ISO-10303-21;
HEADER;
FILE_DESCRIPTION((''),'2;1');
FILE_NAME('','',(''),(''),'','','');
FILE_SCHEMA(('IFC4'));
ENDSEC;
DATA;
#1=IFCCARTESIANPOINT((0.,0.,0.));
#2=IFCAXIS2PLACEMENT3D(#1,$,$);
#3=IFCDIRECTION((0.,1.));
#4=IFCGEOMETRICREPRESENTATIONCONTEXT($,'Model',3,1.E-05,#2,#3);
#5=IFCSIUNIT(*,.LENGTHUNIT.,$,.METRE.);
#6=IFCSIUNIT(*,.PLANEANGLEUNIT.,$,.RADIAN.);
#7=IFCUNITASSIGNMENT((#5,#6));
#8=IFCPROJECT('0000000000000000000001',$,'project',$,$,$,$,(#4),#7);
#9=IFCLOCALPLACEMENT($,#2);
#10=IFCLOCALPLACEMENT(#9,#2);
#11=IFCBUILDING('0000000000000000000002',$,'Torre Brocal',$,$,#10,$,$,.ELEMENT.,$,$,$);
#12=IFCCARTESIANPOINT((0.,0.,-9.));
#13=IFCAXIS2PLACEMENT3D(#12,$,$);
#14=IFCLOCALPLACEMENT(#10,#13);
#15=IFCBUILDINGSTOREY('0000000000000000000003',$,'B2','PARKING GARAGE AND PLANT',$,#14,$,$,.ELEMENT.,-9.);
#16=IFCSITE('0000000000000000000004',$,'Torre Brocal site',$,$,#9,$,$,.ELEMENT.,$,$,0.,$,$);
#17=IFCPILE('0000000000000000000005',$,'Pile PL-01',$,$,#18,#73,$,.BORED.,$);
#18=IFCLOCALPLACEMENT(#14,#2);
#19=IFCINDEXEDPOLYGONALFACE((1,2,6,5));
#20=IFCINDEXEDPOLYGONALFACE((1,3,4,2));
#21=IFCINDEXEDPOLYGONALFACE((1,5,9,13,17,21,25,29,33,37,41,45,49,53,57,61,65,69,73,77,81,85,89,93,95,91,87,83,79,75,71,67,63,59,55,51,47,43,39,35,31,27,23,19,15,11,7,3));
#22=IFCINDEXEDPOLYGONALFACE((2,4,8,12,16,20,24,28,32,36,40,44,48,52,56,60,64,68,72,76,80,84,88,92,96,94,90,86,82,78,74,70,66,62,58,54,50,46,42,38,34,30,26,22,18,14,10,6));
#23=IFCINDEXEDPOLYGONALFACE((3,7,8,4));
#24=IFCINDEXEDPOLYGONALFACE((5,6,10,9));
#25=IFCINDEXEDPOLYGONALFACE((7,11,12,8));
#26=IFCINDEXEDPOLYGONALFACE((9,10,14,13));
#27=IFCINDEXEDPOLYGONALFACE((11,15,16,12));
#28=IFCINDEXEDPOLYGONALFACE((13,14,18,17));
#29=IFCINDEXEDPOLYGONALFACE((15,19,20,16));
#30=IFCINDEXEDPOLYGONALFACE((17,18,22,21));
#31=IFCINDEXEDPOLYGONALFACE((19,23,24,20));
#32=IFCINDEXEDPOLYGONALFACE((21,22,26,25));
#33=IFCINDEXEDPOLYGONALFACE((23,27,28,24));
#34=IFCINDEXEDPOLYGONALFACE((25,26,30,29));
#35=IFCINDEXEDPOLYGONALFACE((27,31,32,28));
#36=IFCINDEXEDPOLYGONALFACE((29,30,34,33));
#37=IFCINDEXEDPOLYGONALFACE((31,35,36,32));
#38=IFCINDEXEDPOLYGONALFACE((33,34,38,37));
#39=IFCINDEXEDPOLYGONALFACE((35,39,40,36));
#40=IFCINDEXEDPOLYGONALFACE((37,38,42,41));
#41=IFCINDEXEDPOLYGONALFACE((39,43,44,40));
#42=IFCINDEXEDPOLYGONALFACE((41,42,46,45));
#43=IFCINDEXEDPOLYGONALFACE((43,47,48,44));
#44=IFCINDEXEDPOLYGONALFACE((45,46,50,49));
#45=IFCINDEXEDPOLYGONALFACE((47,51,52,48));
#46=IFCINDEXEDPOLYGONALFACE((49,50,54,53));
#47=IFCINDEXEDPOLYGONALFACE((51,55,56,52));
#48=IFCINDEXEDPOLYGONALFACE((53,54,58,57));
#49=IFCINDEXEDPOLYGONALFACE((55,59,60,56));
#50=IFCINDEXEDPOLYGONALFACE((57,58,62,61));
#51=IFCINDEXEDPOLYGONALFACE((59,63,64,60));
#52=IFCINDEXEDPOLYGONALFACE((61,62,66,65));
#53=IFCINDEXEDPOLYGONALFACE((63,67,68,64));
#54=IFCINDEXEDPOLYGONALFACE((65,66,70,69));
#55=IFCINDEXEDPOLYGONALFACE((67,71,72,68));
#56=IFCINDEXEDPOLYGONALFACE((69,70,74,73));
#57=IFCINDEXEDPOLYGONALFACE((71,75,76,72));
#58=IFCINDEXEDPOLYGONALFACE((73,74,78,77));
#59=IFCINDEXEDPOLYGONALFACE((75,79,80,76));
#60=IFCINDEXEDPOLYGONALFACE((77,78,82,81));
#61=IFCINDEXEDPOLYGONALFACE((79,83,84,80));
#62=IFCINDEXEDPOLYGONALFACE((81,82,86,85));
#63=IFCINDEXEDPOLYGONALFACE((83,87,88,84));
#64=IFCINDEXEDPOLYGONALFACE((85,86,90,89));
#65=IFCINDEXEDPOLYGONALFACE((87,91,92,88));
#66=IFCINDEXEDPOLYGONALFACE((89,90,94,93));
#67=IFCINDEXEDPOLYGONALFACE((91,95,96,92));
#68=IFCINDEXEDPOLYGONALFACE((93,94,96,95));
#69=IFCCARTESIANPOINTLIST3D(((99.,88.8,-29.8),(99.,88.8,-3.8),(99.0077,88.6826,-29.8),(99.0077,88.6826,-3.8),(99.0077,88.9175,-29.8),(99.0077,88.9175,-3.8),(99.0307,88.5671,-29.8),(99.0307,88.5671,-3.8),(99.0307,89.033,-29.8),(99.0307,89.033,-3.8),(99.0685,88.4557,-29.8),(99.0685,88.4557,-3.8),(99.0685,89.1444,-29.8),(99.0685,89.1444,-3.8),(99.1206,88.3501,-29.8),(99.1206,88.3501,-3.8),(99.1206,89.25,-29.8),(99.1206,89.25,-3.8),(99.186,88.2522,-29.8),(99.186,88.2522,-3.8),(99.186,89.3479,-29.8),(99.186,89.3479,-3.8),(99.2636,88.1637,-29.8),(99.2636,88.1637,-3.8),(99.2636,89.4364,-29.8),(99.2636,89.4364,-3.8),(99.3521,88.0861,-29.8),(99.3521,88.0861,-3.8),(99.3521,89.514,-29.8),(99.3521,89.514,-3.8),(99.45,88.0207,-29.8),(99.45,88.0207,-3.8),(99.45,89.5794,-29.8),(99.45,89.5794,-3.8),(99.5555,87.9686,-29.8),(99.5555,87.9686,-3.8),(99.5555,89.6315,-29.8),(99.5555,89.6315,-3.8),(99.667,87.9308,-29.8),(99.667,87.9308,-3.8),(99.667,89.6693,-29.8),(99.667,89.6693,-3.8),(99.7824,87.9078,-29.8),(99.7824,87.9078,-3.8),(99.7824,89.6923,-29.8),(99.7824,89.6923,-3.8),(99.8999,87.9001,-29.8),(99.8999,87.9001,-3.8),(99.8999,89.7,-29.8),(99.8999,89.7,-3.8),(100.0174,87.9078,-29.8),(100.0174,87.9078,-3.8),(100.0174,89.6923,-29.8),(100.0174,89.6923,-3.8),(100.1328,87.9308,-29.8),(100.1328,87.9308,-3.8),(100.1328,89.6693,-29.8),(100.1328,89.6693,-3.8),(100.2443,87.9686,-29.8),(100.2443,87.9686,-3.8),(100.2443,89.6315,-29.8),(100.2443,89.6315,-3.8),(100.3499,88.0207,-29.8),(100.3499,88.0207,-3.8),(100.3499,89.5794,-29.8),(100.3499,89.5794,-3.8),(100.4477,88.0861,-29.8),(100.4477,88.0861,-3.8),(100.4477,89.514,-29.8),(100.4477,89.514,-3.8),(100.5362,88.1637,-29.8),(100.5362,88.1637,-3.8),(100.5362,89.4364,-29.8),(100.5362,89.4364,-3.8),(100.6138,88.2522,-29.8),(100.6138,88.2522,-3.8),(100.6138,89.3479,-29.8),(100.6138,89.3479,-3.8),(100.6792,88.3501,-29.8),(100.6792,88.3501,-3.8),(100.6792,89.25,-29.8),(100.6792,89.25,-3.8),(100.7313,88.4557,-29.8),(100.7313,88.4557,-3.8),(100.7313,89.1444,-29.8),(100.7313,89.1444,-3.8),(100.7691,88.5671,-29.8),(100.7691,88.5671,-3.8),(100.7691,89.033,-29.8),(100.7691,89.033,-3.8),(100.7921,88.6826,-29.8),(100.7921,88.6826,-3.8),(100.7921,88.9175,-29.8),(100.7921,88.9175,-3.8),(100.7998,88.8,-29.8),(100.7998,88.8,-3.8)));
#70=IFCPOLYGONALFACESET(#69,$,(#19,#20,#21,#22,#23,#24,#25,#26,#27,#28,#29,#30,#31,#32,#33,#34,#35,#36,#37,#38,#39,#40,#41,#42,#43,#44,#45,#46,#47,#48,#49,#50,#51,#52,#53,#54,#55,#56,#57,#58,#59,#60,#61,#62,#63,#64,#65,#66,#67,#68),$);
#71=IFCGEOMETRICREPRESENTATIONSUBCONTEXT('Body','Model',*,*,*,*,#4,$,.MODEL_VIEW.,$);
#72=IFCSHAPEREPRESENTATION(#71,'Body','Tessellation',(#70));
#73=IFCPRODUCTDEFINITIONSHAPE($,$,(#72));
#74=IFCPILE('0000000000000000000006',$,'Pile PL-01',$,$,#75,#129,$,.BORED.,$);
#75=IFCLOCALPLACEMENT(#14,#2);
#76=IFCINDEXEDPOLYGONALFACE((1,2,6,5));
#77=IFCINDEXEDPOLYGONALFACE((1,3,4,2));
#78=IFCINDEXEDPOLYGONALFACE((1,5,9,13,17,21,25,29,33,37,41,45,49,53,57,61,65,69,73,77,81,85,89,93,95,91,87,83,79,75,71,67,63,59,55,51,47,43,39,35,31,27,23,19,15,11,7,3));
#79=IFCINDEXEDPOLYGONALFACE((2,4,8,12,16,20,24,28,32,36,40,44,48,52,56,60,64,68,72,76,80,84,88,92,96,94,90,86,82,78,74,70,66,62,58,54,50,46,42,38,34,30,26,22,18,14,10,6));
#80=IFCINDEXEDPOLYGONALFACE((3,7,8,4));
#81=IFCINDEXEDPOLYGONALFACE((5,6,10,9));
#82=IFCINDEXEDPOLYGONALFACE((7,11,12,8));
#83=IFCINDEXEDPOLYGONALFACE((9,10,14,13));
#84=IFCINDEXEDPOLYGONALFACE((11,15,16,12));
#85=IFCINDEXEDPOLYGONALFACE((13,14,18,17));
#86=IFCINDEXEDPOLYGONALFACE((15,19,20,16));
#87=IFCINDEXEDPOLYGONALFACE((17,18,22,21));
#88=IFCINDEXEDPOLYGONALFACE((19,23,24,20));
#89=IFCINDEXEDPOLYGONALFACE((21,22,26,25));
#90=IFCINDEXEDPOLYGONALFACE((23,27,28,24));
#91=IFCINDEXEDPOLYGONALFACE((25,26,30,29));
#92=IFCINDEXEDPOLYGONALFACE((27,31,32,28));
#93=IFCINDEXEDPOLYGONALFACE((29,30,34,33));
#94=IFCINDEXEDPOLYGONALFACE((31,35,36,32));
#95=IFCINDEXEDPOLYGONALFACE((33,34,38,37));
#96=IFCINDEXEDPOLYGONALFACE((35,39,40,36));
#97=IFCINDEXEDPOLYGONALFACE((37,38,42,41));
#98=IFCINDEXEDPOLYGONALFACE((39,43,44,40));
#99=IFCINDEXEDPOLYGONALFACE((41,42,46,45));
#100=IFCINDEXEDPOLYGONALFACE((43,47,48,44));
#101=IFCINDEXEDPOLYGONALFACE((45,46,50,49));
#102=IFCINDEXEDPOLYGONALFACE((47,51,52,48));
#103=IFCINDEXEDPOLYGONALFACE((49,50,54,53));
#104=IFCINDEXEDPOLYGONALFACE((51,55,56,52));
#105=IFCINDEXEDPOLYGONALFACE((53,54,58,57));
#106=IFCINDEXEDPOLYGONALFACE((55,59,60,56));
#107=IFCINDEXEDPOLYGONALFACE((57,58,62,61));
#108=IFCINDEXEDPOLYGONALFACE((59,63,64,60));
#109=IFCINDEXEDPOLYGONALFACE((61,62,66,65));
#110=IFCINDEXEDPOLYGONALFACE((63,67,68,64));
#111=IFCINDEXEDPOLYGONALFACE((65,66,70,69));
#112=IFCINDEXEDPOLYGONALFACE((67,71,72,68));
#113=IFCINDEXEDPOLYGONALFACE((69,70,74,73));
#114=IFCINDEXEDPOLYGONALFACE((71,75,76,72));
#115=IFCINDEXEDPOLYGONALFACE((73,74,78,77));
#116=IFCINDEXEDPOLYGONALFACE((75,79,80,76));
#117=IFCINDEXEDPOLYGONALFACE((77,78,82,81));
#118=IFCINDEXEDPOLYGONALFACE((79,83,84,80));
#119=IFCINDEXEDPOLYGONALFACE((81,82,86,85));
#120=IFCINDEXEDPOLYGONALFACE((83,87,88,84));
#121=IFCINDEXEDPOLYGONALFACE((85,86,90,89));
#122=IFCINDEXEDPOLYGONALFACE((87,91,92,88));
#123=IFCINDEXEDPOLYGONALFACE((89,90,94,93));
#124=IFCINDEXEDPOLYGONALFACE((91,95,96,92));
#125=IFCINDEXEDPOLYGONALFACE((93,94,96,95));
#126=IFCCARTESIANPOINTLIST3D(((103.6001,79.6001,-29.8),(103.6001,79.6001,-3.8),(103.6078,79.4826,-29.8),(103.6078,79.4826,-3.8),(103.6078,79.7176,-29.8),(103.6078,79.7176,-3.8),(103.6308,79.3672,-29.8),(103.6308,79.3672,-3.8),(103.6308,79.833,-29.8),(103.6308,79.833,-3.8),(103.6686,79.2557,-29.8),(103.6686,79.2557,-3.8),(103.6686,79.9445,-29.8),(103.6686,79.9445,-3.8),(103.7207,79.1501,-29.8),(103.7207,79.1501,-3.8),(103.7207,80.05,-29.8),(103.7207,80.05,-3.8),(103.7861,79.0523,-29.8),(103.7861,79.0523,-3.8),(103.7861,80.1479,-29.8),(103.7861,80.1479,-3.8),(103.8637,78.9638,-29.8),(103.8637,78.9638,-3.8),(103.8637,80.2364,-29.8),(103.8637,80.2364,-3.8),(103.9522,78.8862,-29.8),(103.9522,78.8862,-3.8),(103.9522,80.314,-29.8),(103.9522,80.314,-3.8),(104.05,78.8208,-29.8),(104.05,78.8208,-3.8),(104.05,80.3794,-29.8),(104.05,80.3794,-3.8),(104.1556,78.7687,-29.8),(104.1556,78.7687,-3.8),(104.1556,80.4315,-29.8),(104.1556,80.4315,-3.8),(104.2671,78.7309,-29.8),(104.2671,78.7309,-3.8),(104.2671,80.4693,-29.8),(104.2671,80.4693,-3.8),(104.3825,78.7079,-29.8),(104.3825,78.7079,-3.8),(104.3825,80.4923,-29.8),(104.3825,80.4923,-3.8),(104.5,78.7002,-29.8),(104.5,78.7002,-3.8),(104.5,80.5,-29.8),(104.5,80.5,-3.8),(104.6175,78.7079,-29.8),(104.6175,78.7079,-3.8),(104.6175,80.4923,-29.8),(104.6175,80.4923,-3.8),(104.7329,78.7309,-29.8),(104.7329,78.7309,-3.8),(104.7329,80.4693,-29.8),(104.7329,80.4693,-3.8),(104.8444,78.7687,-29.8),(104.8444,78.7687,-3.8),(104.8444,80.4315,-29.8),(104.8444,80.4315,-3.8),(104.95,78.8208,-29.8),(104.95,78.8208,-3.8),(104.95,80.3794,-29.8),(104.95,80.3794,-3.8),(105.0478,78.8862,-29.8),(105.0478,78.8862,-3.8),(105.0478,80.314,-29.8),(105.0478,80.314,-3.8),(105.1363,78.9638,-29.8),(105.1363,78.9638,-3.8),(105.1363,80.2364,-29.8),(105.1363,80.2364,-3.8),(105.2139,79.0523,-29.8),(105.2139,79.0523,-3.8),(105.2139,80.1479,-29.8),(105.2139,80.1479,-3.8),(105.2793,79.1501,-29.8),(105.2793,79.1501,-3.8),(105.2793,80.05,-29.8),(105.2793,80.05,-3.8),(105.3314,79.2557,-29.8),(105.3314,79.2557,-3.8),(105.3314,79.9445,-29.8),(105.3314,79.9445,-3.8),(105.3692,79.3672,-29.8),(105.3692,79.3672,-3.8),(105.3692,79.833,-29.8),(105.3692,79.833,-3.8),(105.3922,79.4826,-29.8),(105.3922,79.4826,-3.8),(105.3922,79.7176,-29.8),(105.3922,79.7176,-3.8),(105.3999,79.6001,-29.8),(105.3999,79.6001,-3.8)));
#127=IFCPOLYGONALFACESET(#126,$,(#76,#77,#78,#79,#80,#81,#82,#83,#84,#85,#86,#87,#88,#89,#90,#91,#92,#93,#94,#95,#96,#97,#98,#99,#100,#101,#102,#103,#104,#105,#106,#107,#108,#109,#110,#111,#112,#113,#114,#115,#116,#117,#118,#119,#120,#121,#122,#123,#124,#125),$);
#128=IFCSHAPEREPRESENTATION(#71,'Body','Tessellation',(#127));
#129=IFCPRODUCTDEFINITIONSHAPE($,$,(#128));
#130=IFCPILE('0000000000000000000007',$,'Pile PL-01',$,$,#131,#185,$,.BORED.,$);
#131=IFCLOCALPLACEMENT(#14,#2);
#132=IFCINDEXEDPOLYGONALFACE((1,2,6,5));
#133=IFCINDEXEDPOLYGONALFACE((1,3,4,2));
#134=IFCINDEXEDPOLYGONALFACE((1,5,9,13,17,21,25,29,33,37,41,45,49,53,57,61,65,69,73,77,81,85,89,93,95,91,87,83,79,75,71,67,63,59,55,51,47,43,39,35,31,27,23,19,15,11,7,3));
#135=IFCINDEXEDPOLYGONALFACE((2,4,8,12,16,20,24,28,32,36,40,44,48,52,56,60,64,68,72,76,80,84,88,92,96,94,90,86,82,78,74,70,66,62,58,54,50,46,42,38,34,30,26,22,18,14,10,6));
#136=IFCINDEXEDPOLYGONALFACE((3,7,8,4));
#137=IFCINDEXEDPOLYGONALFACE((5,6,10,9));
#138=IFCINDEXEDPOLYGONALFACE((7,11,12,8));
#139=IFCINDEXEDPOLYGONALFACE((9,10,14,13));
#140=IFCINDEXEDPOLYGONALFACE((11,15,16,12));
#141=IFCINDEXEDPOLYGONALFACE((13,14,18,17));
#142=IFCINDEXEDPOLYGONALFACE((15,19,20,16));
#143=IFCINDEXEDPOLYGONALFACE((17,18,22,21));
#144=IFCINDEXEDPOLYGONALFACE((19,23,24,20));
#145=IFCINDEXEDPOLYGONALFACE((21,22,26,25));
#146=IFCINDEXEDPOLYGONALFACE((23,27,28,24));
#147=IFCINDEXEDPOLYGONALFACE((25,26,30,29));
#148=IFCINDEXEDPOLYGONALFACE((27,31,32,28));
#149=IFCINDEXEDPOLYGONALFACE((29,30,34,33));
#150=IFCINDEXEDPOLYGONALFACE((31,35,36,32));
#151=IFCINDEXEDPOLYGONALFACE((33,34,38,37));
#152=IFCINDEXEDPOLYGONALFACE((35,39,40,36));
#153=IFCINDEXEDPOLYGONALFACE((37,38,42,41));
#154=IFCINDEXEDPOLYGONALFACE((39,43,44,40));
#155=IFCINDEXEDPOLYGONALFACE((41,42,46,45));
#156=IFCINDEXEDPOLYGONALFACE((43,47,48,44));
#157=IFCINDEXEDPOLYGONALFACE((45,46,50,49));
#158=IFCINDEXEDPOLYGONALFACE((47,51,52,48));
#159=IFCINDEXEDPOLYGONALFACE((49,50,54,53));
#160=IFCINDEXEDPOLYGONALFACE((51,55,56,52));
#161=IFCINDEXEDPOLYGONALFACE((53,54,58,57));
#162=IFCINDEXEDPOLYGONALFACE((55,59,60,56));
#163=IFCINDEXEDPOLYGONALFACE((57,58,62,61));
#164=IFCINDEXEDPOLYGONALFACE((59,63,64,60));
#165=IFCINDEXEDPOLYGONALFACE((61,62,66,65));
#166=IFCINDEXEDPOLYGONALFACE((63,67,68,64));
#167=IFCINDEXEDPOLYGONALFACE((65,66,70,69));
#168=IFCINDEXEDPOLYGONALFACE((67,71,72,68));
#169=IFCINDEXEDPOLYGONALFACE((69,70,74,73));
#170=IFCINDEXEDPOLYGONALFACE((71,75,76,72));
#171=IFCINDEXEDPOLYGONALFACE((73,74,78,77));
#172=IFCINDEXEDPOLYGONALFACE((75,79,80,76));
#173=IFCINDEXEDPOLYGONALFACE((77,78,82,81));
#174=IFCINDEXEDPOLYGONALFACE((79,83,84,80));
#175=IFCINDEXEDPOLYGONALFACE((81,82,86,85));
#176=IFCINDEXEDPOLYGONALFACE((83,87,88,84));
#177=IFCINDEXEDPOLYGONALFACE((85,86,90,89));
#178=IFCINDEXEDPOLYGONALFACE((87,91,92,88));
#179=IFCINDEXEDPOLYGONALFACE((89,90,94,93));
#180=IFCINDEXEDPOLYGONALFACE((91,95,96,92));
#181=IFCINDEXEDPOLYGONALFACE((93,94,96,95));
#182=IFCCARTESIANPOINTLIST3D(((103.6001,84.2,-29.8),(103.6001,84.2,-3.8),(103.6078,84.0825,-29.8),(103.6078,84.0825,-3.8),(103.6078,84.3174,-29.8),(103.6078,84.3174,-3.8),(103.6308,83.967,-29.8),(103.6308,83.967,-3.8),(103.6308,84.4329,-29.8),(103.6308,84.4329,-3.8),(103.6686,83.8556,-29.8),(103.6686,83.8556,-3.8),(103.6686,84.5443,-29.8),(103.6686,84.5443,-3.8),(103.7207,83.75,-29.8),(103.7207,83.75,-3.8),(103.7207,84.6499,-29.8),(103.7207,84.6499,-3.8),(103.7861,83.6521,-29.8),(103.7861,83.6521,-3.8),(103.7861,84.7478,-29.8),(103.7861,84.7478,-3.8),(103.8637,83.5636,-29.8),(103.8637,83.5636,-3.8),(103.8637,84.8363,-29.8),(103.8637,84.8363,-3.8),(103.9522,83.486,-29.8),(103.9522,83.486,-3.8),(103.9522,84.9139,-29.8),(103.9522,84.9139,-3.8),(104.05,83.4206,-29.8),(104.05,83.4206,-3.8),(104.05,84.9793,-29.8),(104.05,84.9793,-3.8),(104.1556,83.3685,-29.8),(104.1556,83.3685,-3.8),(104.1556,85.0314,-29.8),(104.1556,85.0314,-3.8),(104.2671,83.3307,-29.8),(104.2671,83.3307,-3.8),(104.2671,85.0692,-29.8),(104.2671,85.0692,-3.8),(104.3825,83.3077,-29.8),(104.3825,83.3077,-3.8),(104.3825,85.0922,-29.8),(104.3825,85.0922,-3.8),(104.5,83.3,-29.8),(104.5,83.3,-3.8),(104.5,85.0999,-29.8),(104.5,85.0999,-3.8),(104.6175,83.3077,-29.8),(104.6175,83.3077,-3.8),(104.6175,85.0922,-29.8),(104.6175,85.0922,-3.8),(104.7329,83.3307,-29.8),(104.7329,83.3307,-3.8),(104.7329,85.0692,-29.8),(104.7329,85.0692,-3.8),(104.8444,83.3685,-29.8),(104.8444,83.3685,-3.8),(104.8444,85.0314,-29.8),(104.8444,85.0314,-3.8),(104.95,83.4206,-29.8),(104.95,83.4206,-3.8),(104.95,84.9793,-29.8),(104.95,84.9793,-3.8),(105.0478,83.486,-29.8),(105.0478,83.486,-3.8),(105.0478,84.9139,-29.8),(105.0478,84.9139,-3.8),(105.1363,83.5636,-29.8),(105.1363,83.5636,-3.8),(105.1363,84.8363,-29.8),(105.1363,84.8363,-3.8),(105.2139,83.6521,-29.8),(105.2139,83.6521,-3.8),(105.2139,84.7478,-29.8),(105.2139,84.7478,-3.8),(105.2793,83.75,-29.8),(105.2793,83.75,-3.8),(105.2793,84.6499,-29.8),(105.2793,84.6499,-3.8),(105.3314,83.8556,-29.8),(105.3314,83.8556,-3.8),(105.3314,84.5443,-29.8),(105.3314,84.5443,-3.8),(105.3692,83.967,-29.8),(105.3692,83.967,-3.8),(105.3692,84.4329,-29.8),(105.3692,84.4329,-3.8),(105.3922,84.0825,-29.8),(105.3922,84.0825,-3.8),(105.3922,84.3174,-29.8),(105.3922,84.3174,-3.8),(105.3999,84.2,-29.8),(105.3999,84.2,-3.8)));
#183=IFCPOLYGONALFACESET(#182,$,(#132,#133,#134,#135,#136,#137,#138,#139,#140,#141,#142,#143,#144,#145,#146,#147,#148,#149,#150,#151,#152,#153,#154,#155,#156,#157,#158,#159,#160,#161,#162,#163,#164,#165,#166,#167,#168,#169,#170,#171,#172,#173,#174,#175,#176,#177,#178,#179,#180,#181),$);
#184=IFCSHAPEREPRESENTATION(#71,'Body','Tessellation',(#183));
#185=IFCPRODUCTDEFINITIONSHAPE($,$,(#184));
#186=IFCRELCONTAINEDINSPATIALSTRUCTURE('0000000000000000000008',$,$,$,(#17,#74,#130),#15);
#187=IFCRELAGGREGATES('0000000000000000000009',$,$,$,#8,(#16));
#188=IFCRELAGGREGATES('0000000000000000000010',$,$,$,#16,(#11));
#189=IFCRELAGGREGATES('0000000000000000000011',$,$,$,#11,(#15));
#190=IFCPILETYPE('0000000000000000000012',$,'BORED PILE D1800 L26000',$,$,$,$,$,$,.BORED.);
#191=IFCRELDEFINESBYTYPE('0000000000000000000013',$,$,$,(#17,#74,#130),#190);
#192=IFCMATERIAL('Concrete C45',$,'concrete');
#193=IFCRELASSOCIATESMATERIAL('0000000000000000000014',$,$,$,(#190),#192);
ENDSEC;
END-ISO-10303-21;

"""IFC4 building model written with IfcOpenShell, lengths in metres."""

from ifc_helpers import new_model, si_unit, direction, frame, origin, origin_2d, place, context, subcontext, project, spatial, circle, extrude, material, material_profile, profile_set, type_object, element, save


model = new_model("IFC4")

# Units and contexts
model_context = context("Model", 3, precision=1e-05, world=origin(), true_north=direction((0.0, 1.0)))
body_context = subcontext(model_context, "Body", "Model", "MODEL_VIEW")
ifc_project = project(units=[si_unit("LENGTHUNIT", "METRE"), si_unit("PLANEANGLEUNIT", "RADIAN")], contexts=[model_context])

# Site, building, storey
site_placement = place(None, origin())
site = spatial("IfcSite", under=ifc_project, at=site_placement, Name="Torre Brocal site", CompositionType="ELEMENT", RefElevation=0.0)
building_placement = place(site_placement, origin())
building = spatial("IfcBuilding", under=site, at=building_placement, Name="Torre Brocal", CompositionType="ELEMENT")
storey_placement = place(building_placement, frame((0.0, 0.0, -9.0)))
storey = spatial("IfcBuildingStorey", under=building, at=storey_placement, Name="B2", Description="PARKING GARAGE AND PLANT", CompositionType="ELEMENT", Elevation=-9.0)

# Piles
ifc_material_1 = material(Name="Concrete C45", Category="concrete")
ifc_material_profile_1 = material_profile(ifc_material_1, circle(Radius=0.8999, at=origin_2d()), Name="BORED PILE D1800")
ifc_profile_set_1 = profile_set([ifc_material_profile_1], Name="Concrete C45")
pile_type_1 = type_object("IfcPileType", Name="BORED PILE D1800 L26000", PredefinedType="BORED", material=ifc_profile_set_1)
for number, where, z_axis, x_axis, name in (
    (1, (99.8999, 88.8, -3.8), (0.0, 0.0, -1.0), (1.0, 0.0, 0.0), "Pile PL-01"),
    (2, (104.5, 79.6001, -3.8), (0.0, 0.0, -1.0), (1.0, 0.0, 0.0), "Pile PL-01"),
    (3, (104.5, 84.2, -3.8), (0.0, 0.0, -1.0), (1.0, 0.0, 0.0), "Pile PL-01"),
):
    element("IfcPile", number, at=place(storey_placement, frame(where, z_axis=z_axis, x_axis=x_axis)), inside=storey, type_object=pile_type_1, Name=name, PredefinedType="BORED", context=body_context, shape_type="SweptSolid", body=[
        extrude(circle(Radius=0.8999, at=origin_2d()), origin(), (0.0, 0.0, 1.0), 26.0),
    ])

save(model, "model.ifc")
